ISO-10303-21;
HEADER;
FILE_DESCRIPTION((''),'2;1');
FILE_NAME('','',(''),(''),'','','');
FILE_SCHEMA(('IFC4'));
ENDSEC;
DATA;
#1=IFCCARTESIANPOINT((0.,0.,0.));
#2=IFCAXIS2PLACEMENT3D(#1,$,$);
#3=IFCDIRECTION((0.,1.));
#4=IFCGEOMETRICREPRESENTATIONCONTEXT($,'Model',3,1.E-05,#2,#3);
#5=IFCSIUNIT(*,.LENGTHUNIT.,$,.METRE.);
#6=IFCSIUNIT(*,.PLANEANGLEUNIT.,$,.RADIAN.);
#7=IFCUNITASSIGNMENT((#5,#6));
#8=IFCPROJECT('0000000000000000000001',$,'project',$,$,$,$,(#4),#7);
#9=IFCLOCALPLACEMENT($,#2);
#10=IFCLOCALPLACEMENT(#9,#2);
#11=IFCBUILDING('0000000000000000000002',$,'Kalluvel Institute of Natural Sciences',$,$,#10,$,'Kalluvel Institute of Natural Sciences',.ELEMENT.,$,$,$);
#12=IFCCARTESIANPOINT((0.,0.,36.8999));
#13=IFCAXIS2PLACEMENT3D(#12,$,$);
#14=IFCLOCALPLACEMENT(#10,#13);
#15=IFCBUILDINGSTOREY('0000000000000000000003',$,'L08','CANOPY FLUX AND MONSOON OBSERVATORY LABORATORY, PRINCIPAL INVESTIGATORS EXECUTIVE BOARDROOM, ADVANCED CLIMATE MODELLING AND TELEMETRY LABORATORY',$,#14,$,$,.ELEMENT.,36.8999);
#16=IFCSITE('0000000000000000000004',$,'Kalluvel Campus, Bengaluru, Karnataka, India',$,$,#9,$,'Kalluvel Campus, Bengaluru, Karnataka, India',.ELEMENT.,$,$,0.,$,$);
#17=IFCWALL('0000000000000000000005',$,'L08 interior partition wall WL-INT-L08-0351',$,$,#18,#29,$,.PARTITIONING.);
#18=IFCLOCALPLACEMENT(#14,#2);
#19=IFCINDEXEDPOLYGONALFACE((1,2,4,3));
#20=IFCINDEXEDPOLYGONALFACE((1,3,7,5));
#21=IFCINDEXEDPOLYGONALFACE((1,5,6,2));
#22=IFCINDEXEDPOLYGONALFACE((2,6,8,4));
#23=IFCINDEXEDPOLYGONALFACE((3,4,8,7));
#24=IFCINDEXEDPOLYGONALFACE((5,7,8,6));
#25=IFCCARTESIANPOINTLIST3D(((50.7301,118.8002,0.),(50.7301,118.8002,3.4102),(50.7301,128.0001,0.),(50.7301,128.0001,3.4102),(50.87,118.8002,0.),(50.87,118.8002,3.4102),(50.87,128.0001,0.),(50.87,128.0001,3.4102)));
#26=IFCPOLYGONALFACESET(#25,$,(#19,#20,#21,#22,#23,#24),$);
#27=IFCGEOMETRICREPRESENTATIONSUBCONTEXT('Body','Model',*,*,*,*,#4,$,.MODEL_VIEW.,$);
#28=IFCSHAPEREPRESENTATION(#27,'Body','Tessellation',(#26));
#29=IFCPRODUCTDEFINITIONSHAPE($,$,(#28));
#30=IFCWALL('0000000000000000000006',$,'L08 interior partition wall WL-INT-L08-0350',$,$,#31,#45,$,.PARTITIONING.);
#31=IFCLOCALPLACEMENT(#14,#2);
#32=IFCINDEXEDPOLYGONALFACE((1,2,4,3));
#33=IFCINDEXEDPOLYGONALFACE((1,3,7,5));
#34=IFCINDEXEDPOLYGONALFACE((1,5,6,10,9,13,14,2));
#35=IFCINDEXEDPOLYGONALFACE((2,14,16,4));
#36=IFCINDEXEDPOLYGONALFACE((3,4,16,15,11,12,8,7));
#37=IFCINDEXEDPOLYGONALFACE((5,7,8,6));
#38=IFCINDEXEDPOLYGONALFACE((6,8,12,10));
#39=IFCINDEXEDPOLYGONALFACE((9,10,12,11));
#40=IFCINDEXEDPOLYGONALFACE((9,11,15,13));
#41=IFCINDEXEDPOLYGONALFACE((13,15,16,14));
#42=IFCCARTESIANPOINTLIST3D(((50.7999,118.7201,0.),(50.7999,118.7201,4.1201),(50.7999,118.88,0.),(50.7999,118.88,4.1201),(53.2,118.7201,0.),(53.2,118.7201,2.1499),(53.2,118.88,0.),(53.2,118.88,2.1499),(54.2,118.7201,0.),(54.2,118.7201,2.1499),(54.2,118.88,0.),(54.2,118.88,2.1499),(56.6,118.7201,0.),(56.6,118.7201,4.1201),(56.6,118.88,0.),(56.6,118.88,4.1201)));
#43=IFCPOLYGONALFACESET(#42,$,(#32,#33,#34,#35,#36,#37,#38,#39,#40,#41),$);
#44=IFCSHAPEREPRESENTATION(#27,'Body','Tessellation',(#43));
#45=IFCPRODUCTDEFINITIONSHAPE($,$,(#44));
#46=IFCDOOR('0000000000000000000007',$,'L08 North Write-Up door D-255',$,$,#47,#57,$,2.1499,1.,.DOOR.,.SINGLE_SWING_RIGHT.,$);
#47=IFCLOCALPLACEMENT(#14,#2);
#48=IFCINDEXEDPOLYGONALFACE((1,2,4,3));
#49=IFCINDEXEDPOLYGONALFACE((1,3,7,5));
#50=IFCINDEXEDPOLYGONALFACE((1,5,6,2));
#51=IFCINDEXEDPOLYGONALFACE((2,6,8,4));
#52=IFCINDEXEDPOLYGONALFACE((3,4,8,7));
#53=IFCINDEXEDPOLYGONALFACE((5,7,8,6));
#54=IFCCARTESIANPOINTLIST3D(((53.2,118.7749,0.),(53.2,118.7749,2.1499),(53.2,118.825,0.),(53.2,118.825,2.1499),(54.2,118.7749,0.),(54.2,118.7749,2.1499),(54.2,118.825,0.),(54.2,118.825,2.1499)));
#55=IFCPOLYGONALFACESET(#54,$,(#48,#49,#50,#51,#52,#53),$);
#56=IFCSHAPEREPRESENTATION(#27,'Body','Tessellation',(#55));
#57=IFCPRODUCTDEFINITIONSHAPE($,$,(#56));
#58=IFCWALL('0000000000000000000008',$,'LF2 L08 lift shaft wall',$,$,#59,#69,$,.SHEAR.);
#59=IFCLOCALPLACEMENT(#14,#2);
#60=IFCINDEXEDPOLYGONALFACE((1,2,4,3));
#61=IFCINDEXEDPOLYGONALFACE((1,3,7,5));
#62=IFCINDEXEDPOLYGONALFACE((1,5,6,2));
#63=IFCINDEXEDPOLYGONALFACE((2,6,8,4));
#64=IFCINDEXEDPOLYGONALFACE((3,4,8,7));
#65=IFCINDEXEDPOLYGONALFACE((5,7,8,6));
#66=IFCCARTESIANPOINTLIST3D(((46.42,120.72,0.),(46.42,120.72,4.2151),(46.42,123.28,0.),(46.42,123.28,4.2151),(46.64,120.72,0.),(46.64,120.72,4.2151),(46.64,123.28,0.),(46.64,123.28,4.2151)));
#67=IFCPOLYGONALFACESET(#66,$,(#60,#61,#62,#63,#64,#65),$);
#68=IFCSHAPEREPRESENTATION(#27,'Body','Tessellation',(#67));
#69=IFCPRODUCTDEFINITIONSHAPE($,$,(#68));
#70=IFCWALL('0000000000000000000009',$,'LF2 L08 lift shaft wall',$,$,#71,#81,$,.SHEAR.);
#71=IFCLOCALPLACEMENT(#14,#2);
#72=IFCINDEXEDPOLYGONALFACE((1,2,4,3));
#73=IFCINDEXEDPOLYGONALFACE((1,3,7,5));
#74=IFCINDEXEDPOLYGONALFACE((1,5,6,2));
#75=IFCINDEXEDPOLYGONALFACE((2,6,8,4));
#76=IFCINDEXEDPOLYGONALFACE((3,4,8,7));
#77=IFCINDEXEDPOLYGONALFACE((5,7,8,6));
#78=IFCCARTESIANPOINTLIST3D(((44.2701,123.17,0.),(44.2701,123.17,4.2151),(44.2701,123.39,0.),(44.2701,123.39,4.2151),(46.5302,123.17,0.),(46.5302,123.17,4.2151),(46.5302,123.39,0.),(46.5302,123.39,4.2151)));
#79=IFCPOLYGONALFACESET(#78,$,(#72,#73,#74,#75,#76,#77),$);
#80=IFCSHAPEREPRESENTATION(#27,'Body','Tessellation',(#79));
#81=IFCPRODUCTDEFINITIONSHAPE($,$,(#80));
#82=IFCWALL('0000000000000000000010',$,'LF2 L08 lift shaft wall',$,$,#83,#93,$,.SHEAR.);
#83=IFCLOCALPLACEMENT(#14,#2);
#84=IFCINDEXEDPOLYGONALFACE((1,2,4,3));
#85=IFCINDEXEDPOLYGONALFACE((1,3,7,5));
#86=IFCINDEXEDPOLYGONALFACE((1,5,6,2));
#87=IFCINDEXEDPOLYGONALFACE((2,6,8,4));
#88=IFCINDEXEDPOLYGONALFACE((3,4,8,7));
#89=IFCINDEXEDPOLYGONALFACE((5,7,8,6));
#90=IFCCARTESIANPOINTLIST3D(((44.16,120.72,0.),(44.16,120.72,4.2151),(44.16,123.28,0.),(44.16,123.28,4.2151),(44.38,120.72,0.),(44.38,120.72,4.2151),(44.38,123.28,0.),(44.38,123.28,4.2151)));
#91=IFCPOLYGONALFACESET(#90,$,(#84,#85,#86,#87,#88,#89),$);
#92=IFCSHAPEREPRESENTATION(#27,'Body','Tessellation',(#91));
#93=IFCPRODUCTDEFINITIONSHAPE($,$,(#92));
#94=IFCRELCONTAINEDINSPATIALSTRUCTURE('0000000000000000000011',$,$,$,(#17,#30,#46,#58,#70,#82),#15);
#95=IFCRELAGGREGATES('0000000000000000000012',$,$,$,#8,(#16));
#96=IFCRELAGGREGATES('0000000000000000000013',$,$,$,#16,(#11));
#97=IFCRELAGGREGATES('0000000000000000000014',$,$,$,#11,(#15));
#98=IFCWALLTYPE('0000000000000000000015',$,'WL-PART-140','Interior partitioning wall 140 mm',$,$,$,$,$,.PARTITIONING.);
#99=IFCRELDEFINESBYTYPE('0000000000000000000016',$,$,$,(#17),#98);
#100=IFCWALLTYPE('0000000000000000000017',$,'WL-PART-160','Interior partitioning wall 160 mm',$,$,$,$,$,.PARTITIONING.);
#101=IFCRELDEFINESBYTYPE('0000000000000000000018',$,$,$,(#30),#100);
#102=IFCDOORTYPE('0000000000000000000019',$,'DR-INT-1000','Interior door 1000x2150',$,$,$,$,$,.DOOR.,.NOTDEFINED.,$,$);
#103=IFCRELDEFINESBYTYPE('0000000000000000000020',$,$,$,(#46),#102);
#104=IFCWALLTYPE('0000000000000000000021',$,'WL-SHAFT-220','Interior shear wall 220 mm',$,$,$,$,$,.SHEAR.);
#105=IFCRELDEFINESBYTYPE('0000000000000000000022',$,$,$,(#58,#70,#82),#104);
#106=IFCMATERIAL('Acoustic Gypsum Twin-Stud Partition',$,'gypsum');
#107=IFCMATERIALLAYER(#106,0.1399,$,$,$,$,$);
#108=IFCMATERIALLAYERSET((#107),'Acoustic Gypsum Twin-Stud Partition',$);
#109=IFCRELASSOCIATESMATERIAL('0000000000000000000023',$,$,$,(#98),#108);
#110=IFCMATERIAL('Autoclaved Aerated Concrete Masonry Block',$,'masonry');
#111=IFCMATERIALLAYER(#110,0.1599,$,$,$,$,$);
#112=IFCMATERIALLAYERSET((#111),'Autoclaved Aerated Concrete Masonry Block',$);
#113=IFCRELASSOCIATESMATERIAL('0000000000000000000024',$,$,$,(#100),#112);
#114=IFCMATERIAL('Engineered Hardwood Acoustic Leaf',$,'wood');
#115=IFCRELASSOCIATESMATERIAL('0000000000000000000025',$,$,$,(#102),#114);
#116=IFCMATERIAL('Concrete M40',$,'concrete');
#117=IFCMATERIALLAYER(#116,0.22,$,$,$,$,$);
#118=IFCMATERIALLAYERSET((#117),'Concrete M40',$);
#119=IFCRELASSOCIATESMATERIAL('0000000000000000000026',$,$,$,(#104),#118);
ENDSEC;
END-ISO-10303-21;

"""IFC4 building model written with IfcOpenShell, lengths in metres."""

from ifc_helpers import new_model, si_unit, direction, frame, frame_2d, origin, place, context, subcontext, project, spatial, rectangle, extrude, material, layer, layer_set, type_object, element, fill, save


model = new_model("IFC4")

# Units and contexts
model_context = context("Model", 3, precision=1e-05, world=origin(), true_north=direction((0.0, 1.0)))
body_context = subcontext(model_context, "Body", "Model", "MODEL_VIEW")
ifc_project = project(units=[si_unit("LENGTHUNIT", "METRE"), si_unit("PLANEANGLEUNIT", "RADIAN")], contexts=[model_context])

# Site, building, storey
site_placement = place(None, origin())
site = spatial("IfcSite", under=ifc_project, at=site_placement, Name="Kalluvel Campus, Bengaluru, Karnataka, India", LongName="Kalluvel Campus, Bengaluru, Karnataka, India", CompositionType="ELEMENT", RefElevation=0.0)
building_placement = place(site_placement, origin())
building = spatial("IfcBuilding", under=site, at=building_placement, Name="Kalluvel Institute of Natural Sciences", LongName="Kalluvel Institute of Natural Sciences", CompositionType="ELEMENT")
storey_placement = place(building_placement, frame((0.0, 0.0, 36.8999)))
storey = spatial("IfcBuildingStorey", under=building, at=storey_placement, Name="L08", Description="CANOPY FLUX AND MONSOON OBSERVATORY LABORATORY, PRINCIPAL INVESTIGATORS EXECUTIVE BOARDROOM, ADVANCED CLIMATE MODELLING AND TELEMETRY LABORATORY", CompositionType="ELEMENT", Elevation=36.8999)

# Shared definitions
ifc_material_1 = material(Name="Concrete M40", Category="concrete")

# Wall
ifc_material_2 = material(Name="Acoustic Gypsum Twin-Stud Partition", Category="gypsum")
ifc_layer_1 = layer(ifc_material_2, 0.1399)
ifc_layer_set_1 = layer_set([ifc_layer_1], Name="Acoustic Gypsum Twin-Stud Partition")
wall_type_1 = type_object("IfcWallType", Name="WL-PART-140", Description="Interior partitioning wall 140 mm", PredefinedType="PARTITIONING", material=ifc_layer_set_1)
wall_1_placement = place(storey_placement, frame((50.8, 118.8, 0.0), z_axis=(0.0, 0.0, 1.0), x_axis=(0.0, 1.0, 0.0)))
element("IfcWall", 1, at=wall_1_placement, inside=storey, type_object=wall_type_1, Name="L08 interior partition wall WL-INT-L08-0351", PredefinedType="PARTITIONING", context=body_context, shape_type="SweptSolid", body=[
    extrude(rectangle(XDim=9.2, YDim=0.1399, at=frame_2d((4.6001, 0.0))), origin(), (0.0, 0.0, 1.0), 3.4102),
])

# Wall, opening, door
ifc_material_3 = material(Name="Autoclaved Aerated Concrete Masonry Block", Category="masonry")
ifc_layer_2 = layer(ifc_material_3, 0.1599)
ifc_layer_set_2 = layer_set([ifc_layer_2], Name="Autoclaved Aerated Concrete Masonry Block")
wall_type_2 = type_object("IfcWallType", Name="WL-PART-160", Description="Interior partitioning wall 160 mm", PredefinedType="PARTITIONING", material=ifc_layer_set_2)
wall_2_placement = place(storey_placement, frame((50.8, 118.8, 0.0), z_axis=(0.0, 0.0, 1.0), x_axis=(1.0, 0.0, 0.0)))
wall_2 = element("IfcWall", 2, at=wall_2_placement, inside=storey, type_object=wall_type_2, Name="L08 interior partition wall WL-INT-L08-0350", PredefinedType="PARTITIONING", context=body_context, shape_type="SweptSolid", body=[
    extrude(rectangle(XDim=5.8, YDim=0.1599, at=frame_2d((2.8999, 0.0))), origin(), (0.0, 0.0, 1.0), 4.1201),
])
opening_1_placement = place(wall_2_placement, frame((2.3999, 0.0, 0.0)))
opening_1 = element("IfcOpeningElement", 3, at=opening_1_placement, cuts=wall_2, PredefinedType="OPENING", context=body_context, shape_type="SweptSolid", body=[
    extrude(rectangle(XDim=1.0, YDim=2.1499, at=frame_2d((0.5, 1.075))), frame((0.0, 0.0898, 0.0), z_axis=(0.0, -1.0, 0.0), x_axis=(1.0, 0.0, 0.0)), (0.0, 0.0, 1.0), 0.1799),
])
ifc_material_4 = material(Name="Engineered Hardwood Acoustic Leaf", Category="wood")
door_type_1 = type_object("IfcDoorType", Name="DR-INT-1000", Description="Interior door 1000x2150", OperationType="NOTDEFINED", PredefinedType="DOOR", material=ifc_material_4)
door_1_placement = place(opening_1_placement, origin())
door_1 = element("IfcDoor", 4, at=door_1_placement, inside=storey, type_object=door_type_1, Name="L08 North Write-Up door D-255", OperationType="SINGLE_SWING_RIGHT", OverallHeight=2.1499, OverallWidth=1.0, PredefinedType="DOOR", context=body_context, shape_type="SweptSolid", body=[
    extrude(rectangle(XDim=1.0, YDim=2.1499, at=frame_2d((0.5, 1.075))), frame((0.0, 0.0249, 0.0), z_axis=(0.0, -1.0, 0.0), x_axis=(1.0, 0.0, 0.0)), (0.0, 0.0, 1.0), 0.05),
])
fill(opening_1, door_1)
ifc_layer_3 = layer(ifc_material_1, 0.22)
ifc_layer_set_3 = layer_set([ifc_layer_3], Name="Concrete M40")
wall_type_3 = type_object("IfcWallType", Name="WL-SHAFT-220", Description="Interior shear wall 220 mm", PredefinedType="SHEAR", material=ifc_layer_set_3)

# Walls
wall_3_placement = place(storey_placement, frame((46.53, 120.72, 0.0), z_axis=(0.0, 0.0, 1.0), x_axis=(0.0, 1.0, 0.0)))
element("IfcWall", 5, at=wall_3_placement, inside=storey, type_object=wall_type_3, Name="LF2 L08 lift shaft wall", PredefinedType="SHEAR", context=body_context, shape_type="SweptSolid", body=[
    extrude(rectangle(XDim=2.5601, YDim=0.22, at=frame_2d((1.28, 0.0))), origin(), (0.0, 0.0, 1.0), 4.2151),
])
wall_4_placement = place(storey_placement, frame((46.53, 123.28, 0.0), z_axis=(0.0, 0.0, 1.0), x_axis=(-1.0, 0.0, 0.0)))
element("IfcWall", 6, at=wall_4_placement, inside=storey, type_object=wall_type_3, Name="LF2 L08 lift shaft wall", PredefinedType="SHEAR", context=body_context, shape_type="SweptSolid", body=[
    extrude(rectangle(XDim=2.26, YDim=0.22, at=frame_2d((1.1299, 0.0))), origin(), (0.0, 0.0, 1.0), 4.2151),
])
wall_5_placement = place(storey_placement, frame((44.27, 123.28, 0.0), z_axis=(0.0, 0.0, 1.0), x_axis=(0.0, -1.0, 0.0)))
element("IfcWall", 7, at=wall_5_placement, inside=storey, type_object=wall_type_3, Name="LF2 L08 lift shaft wall", PredefinedType="SHEAR", context=body_context, shape_type="SweptSolid", body=[
    extrude(rectangle(XDim=2.5601, YDim=0.22, at=frame_2d((1.28, 0.0))), origin(), (0.0, 0.0, 1.0), 4.2151),
])

save(model, "model.ifc")
